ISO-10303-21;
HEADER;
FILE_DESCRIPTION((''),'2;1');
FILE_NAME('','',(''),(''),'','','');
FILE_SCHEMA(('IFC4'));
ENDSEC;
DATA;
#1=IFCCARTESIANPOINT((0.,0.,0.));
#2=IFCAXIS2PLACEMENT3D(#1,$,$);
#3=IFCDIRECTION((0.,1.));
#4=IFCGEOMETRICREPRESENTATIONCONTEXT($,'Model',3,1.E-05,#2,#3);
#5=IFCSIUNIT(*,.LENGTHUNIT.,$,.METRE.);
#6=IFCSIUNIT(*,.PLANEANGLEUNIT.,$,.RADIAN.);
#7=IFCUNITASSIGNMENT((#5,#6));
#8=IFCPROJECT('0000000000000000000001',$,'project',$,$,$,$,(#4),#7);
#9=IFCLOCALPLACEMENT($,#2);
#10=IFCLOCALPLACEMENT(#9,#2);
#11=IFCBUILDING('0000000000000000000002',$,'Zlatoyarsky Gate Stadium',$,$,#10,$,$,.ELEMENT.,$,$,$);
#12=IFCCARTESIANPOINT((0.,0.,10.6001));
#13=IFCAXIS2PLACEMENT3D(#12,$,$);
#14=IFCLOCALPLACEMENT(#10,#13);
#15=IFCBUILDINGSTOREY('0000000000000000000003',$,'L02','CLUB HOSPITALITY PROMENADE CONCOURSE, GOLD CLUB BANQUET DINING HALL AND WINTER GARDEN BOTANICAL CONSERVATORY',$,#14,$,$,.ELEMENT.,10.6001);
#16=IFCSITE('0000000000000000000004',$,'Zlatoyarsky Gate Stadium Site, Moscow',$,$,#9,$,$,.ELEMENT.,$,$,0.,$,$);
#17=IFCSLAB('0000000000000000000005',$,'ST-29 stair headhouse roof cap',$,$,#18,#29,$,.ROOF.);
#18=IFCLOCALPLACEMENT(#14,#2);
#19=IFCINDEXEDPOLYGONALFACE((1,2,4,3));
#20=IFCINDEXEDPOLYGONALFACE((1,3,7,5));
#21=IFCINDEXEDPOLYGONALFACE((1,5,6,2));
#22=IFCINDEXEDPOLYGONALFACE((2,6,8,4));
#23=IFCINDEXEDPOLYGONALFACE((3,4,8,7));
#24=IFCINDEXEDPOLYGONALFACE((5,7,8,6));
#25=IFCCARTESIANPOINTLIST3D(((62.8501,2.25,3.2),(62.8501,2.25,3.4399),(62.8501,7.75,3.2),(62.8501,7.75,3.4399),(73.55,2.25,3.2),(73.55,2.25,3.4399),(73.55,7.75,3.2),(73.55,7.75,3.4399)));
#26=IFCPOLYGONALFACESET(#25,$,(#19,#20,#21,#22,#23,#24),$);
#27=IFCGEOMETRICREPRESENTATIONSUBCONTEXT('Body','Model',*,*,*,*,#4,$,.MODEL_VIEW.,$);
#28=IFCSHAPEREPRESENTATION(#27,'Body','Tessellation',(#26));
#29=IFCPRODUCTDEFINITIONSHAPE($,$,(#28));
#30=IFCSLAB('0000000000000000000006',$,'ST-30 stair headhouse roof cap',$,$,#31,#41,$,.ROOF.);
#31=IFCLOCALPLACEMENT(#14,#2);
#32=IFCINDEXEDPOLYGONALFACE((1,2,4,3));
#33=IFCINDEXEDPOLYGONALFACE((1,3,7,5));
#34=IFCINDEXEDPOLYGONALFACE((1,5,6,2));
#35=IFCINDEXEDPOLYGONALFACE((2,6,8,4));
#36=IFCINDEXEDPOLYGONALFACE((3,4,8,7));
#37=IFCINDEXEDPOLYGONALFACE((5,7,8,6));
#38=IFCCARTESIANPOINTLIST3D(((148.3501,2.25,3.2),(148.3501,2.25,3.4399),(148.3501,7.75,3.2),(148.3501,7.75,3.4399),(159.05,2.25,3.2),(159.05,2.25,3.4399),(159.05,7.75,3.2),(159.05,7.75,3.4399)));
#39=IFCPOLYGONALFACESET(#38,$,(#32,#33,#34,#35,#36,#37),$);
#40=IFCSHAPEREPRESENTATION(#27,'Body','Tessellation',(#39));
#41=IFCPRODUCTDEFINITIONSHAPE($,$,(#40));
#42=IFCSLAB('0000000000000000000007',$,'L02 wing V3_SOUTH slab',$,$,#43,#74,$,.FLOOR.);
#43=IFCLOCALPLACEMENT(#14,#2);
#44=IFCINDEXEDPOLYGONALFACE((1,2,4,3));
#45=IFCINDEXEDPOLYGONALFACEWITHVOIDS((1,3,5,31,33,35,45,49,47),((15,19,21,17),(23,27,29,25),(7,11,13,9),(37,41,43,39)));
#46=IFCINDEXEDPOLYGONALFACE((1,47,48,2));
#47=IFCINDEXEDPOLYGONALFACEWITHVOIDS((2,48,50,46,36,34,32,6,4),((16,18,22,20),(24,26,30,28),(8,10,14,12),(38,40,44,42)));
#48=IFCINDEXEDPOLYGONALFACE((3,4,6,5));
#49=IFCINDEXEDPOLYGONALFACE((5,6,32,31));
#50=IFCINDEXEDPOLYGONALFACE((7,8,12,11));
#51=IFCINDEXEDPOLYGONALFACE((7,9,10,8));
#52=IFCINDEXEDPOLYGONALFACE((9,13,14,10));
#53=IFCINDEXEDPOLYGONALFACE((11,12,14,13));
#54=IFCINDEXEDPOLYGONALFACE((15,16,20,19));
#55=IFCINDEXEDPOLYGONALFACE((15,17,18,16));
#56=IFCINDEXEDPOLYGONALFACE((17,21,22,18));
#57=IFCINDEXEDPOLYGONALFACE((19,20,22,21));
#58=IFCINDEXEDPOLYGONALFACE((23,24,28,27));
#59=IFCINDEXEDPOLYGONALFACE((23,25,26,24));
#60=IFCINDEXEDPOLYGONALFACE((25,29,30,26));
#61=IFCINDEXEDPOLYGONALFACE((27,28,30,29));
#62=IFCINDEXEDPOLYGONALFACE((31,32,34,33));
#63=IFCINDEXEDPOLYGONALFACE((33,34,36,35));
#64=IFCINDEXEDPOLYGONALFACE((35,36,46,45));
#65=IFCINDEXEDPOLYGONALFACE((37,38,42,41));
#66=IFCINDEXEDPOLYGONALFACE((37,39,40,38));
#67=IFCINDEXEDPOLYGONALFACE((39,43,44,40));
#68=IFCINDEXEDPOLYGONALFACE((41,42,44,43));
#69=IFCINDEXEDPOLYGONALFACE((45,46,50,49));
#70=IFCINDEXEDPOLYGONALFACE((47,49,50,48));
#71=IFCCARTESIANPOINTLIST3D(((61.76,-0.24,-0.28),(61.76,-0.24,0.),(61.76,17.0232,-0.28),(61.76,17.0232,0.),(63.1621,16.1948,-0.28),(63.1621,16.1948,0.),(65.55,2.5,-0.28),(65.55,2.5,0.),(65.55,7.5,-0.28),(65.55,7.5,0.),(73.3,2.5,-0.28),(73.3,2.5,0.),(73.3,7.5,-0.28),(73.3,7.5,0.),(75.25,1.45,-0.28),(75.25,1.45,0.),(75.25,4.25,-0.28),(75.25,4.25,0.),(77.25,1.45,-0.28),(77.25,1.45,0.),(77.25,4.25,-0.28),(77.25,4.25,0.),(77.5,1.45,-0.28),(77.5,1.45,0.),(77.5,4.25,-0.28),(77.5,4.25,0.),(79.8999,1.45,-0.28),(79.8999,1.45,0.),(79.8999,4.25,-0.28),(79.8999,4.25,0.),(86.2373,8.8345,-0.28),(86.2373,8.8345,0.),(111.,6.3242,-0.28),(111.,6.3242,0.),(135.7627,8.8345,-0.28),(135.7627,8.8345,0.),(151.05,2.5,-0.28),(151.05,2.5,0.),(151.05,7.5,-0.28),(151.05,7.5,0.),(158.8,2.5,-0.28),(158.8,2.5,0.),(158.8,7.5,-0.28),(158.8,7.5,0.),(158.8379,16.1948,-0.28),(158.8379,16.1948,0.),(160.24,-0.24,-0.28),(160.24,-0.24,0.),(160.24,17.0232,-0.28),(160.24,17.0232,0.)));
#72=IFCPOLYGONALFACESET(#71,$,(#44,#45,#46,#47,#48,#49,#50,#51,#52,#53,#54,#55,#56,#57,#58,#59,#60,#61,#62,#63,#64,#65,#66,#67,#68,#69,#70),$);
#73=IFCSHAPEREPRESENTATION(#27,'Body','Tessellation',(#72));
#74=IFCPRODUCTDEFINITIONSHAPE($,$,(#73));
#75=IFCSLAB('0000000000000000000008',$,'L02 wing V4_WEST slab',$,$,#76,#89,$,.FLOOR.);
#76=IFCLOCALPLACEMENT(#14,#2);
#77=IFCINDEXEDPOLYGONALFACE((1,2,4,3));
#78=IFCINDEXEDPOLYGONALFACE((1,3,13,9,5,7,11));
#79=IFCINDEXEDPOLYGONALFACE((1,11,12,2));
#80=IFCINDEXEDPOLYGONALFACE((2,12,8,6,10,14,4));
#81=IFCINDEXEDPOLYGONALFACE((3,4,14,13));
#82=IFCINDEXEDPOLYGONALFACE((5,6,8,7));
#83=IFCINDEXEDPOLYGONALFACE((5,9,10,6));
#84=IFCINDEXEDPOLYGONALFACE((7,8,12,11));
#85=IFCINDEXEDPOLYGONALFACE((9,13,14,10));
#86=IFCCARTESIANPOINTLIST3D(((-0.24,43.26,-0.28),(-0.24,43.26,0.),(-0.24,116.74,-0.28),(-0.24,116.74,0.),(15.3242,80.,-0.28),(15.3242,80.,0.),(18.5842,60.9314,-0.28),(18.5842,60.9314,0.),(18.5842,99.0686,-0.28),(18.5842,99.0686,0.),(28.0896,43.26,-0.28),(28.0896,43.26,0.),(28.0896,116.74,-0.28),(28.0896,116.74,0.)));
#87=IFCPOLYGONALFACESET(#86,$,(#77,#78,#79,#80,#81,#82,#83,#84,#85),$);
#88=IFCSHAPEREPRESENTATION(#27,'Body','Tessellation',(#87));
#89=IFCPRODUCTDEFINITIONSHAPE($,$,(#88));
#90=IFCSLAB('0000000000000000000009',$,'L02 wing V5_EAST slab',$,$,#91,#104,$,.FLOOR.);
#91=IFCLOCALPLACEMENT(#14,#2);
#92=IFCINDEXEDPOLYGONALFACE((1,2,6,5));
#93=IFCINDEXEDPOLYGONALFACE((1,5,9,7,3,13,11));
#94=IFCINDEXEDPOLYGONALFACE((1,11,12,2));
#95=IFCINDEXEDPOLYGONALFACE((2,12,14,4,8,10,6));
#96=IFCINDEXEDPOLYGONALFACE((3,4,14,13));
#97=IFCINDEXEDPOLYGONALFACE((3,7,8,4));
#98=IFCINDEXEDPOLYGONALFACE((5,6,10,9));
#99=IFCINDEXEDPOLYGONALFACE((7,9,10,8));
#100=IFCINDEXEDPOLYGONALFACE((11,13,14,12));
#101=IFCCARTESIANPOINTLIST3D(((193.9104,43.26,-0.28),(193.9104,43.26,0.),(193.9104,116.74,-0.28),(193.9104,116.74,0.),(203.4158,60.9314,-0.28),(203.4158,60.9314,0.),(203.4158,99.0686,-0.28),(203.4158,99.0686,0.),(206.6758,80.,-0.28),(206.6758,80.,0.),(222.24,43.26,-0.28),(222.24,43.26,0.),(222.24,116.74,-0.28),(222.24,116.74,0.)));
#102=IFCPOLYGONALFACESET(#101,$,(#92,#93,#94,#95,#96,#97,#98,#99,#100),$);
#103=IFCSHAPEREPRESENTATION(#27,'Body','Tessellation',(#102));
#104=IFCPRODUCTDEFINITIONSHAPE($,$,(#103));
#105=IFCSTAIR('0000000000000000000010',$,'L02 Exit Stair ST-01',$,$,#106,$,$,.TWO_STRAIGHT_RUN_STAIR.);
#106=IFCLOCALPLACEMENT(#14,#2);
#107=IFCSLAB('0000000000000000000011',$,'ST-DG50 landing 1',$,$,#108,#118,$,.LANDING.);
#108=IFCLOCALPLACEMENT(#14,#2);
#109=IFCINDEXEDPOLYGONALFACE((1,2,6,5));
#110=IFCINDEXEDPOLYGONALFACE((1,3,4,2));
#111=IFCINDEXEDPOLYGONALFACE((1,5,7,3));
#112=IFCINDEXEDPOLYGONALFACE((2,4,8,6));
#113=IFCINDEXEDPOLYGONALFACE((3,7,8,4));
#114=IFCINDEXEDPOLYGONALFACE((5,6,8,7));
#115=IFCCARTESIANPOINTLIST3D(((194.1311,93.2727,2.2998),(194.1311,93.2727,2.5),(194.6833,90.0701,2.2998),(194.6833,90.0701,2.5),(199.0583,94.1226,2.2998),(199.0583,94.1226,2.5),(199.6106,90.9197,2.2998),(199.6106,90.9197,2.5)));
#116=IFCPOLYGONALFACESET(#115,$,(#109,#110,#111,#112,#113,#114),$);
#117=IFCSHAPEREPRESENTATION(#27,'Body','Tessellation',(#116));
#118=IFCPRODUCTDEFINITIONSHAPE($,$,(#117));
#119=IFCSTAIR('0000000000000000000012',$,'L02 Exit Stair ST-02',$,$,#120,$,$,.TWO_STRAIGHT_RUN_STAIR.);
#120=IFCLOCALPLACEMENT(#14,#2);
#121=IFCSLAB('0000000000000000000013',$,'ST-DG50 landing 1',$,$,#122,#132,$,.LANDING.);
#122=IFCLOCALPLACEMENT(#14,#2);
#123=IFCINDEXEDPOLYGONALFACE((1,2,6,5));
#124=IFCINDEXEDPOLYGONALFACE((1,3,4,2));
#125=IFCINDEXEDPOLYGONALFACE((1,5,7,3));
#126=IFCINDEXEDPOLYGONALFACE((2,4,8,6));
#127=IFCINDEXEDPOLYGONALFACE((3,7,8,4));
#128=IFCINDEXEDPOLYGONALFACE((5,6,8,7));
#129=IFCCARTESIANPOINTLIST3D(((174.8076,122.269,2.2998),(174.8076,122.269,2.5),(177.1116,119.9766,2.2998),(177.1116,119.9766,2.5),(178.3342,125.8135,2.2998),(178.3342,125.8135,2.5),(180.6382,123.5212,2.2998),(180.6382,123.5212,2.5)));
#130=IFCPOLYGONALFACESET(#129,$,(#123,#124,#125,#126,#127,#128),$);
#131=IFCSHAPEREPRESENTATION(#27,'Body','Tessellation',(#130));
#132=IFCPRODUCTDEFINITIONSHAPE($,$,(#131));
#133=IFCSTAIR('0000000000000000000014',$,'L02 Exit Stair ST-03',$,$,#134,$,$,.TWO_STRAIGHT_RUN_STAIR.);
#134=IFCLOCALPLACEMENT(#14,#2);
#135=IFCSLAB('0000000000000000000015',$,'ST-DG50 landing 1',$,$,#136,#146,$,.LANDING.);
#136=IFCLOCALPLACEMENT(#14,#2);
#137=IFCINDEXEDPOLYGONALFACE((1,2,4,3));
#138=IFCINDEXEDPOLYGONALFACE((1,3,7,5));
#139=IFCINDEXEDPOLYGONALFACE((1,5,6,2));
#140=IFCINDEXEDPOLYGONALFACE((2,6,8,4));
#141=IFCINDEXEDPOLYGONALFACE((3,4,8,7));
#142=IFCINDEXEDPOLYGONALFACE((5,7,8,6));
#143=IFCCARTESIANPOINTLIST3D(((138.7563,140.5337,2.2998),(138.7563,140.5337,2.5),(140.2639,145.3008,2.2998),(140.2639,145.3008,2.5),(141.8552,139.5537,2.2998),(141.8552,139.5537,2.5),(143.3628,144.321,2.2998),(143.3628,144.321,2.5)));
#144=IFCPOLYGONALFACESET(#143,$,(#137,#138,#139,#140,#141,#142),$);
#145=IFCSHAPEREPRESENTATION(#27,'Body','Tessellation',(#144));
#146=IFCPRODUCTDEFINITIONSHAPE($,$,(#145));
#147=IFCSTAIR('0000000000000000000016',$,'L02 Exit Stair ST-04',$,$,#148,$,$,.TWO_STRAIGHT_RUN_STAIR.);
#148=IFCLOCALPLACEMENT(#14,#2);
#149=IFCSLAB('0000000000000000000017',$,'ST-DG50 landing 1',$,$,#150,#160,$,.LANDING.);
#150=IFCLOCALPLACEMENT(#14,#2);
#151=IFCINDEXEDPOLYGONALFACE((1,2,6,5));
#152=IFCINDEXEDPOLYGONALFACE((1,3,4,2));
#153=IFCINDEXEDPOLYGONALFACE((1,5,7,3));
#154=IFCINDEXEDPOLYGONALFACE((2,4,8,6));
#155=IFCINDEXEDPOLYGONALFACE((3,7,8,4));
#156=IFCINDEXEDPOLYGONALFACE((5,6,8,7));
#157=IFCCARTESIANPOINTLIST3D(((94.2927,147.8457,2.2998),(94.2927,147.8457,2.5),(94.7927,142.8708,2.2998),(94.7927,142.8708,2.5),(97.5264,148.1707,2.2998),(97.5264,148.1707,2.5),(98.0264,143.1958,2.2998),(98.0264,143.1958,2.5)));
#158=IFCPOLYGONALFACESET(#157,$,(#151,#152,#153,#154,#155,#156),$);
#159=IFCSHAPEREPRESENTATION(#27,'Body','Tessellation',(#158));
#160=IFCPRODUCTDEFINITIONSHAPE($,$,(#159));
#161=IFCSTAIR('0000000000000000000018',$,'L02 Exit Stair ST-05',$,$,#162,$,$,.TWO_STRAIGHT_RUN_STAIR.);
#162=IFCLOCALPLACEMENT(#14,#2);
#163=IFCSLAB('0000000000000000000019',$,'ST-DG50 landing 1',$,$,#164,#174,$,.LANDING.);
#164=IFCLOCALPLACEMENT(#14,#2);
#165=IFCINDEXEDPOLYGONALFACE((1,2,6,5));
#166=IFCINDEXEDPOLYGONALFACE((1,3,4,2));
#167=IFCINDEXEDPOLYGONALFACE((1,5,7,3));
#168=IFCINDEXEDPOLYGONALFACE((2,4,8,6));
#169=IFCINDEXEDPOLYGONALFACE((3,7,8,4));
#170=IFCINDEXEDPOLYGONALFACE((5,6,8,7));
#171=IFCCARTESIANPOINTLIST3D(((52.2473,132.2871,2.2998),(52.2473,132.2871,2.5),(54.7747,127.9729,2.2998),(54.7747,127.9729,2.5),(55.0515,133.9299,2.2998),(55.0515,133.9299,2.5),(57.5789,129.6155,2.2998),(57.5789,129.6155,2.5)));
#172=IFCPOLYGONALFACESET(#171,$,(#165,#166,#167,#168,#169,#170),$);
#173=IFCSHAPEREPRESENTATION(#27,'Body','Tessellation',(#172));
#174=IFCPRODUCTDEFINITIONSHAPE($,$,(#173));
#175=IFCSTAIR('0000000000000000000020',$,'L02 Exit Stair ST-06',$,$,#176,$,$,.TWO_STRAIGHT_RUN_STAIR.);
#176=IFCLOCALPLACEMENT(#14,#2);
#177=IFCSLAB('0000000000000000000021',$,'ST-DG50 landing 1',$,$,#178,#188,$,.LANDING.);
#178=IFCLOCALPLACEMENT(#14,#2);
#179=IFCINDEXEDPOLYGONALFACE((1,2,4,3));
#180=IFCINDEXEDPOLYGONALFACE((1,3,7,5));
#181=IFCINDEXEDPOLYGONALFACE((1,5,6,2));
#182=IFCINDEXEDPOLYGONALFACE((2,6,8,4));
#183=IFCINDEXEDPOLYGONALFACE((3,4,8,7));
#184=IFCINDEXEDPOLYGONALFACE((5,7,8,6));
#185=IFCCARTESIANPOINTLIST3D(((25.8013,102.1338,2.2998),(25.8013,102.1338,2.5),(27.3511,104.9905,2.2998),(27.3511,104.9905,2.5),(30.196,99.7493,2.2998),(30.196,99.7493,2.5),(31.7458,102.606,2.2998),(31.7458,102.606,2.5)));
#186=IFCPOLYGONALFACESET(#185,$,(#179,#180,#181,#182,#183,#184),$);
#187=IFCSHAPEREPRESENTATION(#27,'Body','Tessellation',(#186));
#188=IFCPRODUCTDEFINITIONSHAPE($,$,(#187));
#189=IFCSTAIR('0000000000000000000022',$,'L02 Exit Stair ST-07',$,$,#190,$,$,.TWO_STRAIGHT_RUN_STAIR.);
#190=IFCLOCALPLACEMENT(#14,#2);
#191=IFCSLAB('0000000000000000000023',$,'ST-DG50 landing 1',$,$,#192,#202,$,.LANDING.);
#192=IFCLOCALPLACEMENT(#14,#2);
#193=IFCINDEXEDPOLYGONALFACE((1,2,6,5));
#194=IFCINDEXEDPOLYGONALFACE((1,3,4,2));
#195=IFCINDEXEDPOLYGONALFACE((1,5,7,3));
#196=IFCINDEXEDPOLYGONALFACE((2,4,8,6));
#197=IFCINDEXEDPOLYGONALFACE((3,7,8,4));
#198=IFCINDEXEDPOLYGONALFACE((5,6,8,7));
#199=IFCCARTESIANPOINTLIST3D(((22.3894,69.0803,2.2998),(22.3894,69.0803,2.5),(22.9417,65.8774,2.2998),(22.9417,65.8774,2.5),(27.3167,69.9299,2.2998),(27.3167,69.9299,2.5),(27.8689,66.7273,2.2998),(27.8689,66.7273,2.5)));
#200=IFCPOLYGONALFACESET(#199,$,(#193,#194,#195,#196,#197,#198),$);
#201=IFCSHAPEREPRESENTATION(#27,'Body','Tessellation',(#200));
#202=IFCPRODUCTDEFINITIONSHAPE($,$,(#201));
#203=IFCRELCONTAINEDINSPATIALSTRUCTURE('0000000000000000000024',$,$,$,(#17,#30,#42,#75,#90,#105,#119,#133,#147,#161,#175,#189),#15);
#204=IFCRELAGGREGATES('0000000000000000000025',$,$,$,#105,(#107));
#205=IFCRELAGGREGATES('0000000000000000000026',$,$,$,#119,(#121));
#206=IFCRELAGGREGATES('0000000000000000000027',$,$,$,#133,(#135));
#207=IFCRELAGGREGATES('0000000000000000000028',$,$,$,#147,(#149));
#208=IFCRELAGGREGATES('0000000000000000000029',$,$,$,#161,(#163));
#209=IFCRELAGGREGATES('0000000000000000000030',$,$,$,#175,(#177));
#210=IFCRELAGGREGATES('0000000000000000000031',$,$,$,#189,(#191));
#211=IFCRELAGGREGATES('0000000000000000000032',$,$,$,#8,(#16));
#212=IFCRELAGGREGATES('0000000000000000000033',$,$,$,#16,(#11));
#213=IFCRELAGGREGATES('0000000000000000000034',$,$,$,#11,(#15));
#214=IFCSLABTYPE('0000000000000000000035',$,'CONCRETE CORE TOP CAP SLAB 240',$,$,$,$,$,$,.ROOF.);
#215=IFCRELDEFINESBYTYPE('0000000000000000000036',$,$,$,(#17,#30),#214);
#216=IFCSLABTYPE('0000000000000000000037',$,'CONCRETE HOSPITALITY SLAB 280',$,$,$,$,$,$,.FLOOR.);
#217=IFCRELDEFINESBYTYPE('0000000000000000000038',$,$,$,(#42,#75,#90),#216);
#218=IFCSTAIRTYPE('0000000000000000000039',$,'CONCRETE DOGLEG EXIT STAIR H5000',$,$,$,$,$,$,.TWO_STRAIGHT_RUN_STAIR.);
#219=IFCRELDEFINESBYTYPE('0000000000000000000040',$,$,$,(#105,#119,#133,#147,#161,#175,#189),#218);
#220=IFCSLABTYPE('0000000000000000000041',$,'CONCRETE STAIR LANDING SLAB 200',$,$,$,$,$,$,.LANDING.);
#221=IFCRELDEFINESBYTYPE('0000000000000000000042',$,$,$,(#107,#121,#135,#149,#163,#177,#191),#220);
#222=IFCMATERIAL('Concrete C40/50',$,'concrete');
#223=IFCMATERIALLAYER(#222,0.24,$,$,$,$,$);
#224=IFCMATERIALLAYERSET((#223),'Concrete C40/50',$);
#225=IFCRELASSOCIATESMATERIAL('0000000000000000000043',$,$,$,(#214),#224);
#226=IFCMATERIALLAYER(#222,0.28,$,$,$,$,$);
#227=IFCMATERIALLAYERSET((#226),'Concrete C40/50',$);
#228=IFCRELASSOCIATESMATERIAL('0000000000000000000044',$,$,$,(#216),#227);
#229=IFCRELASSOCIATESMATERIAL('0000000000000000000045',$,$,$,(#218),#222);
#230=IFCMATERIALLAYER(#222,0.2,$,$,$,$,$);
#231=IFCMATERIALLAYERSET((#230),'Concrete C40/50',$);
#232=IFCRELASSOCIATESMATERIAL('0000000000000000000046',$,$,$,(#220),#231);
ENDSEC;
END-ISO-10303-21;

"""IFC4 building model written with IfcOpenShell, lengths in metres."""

from ifc_helpers import new_model, si_unit, direction, frame, origin, place, context, subcontext, project, spatial, polyline, outline, extrude, material, layer, layer_set, type_object, element, aggregate, save


model = new_model("IFC4")

# Units and contexts
model_context = context("Model", 3, precision=1e-05, world=origin(), true_north=direction((0.0, 1.0)))
body_context = subcontext(model_context, "Body", "Model", "MODEL_VIEW")
ifc_project = project(units=[si_unit("LENGTHUNIT", "METRE"), si_unit("PLANEANGLEUNIT", "RADIAN")], contexts=[model_context])

# Site, building, storey
site_placement = place(None, origin())
site = spatial("IfcSite", under=ifc_project, at=site_placement, Name="Zlatoyarsky Gate Stadium Site, Moscow", CompositionType="ELEMENT", RefElevation=0.0)
building_placement = place(site_placement, origin())
building = spatial("IfcBuilding", under=site, at=building_placement, Name="Zlatoyarsky Gate Stadium", CompositionType="ELEMENT")
storey_placement = place(building_placement, frame((0.0, 0.0, 10.6001)))
storey = spatial("IfcBuildingStorey", under=building, at=storey_placement, Name="L02", Description="CLUB HOSPITALITY PROMENADE CONCOURSE, GOLD CLUB BANQUET DINING HALL AND WINTER GARDEN BOTANICAL CONSERVATORY", CompositionType="ELEMENT", Elevation=10.6001)

# Slabs
ifc_material = material(Name="Concrete C40/50", Category="concrete")
ifc_layer_1 = layer(ifc_material, 0.24)
ifc_layer_set_1 = layer_set([ifc_layer_1], Name="Concrete C40/50")
slab_type_1 = type_object("IfcSlabType", Name="CONCRETE CORE TOP CAP SLAB 240", PredefinedType="ROOF", material=ifc_layer_set_1)
slab_1_placement = place(storey_placement, frame((0.0, 0.0, 3.2)))
element("IfcSlab", 1, at=slab_1_placement, inside=storey, type_object=slab_type_1, Name="ST-29 stair headhouse roof cap", PredefinedType="ROOF", context=body_context, shape_type="SweptSolid", body=[
    extrude(outline(polyline([(62.8501, 2.25), (73.55, 2.25), (73.55, 7.75), (62.8501, 7.75), (62.8501, 2.25)])), origin(), (0.0, 0.0, 1.0), 0.24),
])
slab_2_placement = place(storey_placement, frame((0.0, 0.0, 3.2)))
element("IfcSlab", 2, at=slab_2_placement, inside=storey, type_object=slab_type_1, Name="ST-30 stair headhouse roof cap", PredefinedType="ROOF", context=body_context, shape_type="SweptSolid", body=[
    extrude(outline(polyline([(148.3501, 2.25), (159.05, 2.25), (159.05, 7.75), (148.3501, 7.75), (148.3501, 2.25)])), origin(), (0.0, 0.0, 1.0), 0.24),
])
ifc_layer_2 = layer(ifc_material, 0.28)
ifc_layer_set_2 = layer_set([ifc_layer_2], Name="Concrete C40/50")
slab_type_2 = type_object("IfcSlabType", Name="CONCRETE HOSPITALITY SLAB 280", PredefinedType="FLOOR", material=ifc_layer_set_2)
slab_3_placement = place(storey_placement, frame((0.0, 0.0, -0.28)))
element("IfcSlab", 3, at=slab_3_placement, inside=storey, type_object=slab_type_2, Name="L02 wing V3_SOUTH slab", PredefinedType="FLOOR", context=body_context, shape_type="SweptSolid", body=[
    extrude(outline(polyline([(61.76, 17.0232), (63.1621, 16.1948), (86.2373, 8.8345), (111.0, 6.3242), (135.7627, 8.8345), (158.8379, 16.1948), (160.24, 17.0232), (160.24, -0.24), (61.76, -0.24), (61.76, 17.0232)]), holes=[polyline([(77.25, 1.45), (77.25, 4.25), (75.25, 4.25), (75.25, 1.45), (77.25, 1.45)]), polyline([(79.8999, 1.45), (79.8999, 4.25), (77.5, 4.25), (77.5, 1.45), (79.8999, 1.45)]), polyline([(73.3, 2.5), (73.3, 7.5), (65.55, 7.5), (65.55, 2.5), (73.3, 2.5)]), polyline([(158.8, 2.5), (158.8, 7.5), (151.05, 7.5), (151.05, 2.5), (158.8, 2.5)])]), origin(), (0.0, 0.0, 1.0), 0.28),
])
slab_4_placement = place(storey_placement, frame((0.0, 0.0, -0.28)))
element("IfcSlab", 4, at=slab_4_placement, inside=storey, type_object=slab_type_2, Name="L02 wing V4_WEST slab", PredefinedType="FLOOR", context=body_context, shape_type="SweptSolid", body=[
    extrude(outline(polyline([(28.0896, 116.74), (18.5842, 99.0686), (15.3242, 80.0), (18.5842, 60.9314), (28.0896, 43.26), (-0.24, 43.26), (-0.24, 116.74), (28.0896, 116.74)])), origin(), (0.0, 0.0, 1.0), 0.28),
])
slab_5_placement = place(storey_placement, frame((0.0, 0.0, -0.28)))
element("IfcSlab", 5, at=slab_5_placement, inside=storey, type_object=slab_type_2, Name="L02 wing V5_EAST slab", PredefinedType="FLOOR", context=body_context, shape_type="SweptSolid", body=[
    extrude(outline(polyline([(193.9104, 43.26), (203.4158, 60.9314), (206.6758, 80.0), (203.4158, 99.0686), (193.9104, 116.74), (222.24, 116.74), (222.24, 43.26), (193.9104, 43.26)])), origin(), (0.0, 0.0, 1.0), 0.28),
])

# Stairs, slabs
stair_type = type_object("IfcStairType", Name="CONCRETE DOGLEG EXIT STAIR H5000", PredefinedType="TWO_STRAIGHT_RUN_STAIR", material=ifc_material)
stair_1_placement = place(storey_placement, origin())
stair_1 = element("IfcStair", 6, at=stair_1_placement, inside=storey, type_object=stair_type, Name="L02 Exit Stair ST-01", PredefinedType="TWO_STRAIGHT_RUN_STAIR")
ifc_layer_3 = layer(ifc_material, 0.2)
ifc_layer_set_3 = layer_set([ifc_layer_3], Name="Concrete C40/50")
slab_type_3 = type_object("IfcSlabType", Name="CONCRETE STAIR LANDING SLAB 200", PredefinedType="LANDING", material=ifc_layer_set_3)
slab_6_placement = place(storey_placement, frame((0.0, 0.0, 2.2998)))
slab_6 = element("IfcSlab", 7, at=slab_6_placement, type_object=slab_type_3, Name="ST-DG50 landing 1", PredefinedType="LANDING", context=body_context, shape_type="SweptSolid", body=[
    extrude(outline(polyline([(199.6106, 90.9197), (199.0583, 94.1226), (194.1311, 93.2727), (194.6833, 90.0701), (199.6106, 90.9197)])), origin(), (0.0, 0.0, 1.0), 0.2002),
])
aggregate(stair_1, [slab_6])
stair_2_placement = place(storey_placement, origin())
stair_2 = element("IfcStair", 8, at=stair_2_placement, inside=storey, type_object=stair_type, Name="L02 Exit Stair ST-02", PredefinedType="TWO_STRAIGHT_RUN_STAIR")
slab_7_placement = place(storey_placement, frame((0.0, 0.0, 2.2998)))
slab_7 = element("IfcSlab", 9, at=slab_7_placement, type_object=slab_type_3, Name="ST-DG50 landing 1", PredefinedType="LANDING", context=body_context, shape_type="SweptSolid", body=[
    extrude(outline(polyline([(180.6382, 123.5212), (178.3342, 125.8135), (174.8076, 122.269), (177.1116, 119.9766), (180.6382, 123.5212)])), origin(), (0.0, 0.0, 1.0), 0.2002),
])
aggregate(stair_2, [slab_7])
stair_3_placement = place(storey_placement, origin())
stair_3 = element("IfcStair", 10, at=stair_3_placement, inside=storey, type_object=stair_type, Name="L02 Exit Stair ST-03", PredefinedType="TWO_STRAIGHT_RUN_STAIR")
slab_8_placement = place(storey_placement, frame((0.0, 0.0, 2.2998)))
slab_8 = element("IfcSlab", 11, at=slab_8_placement, type_object=slab_type_3, Name="ST-DG50 landing 1", PredefinedType="LANDING", context=body_context, shape_type="SweptSolid", body=[
    extrude(outline(polyline([(143.3628, 144.321), (140.2639, 145.3008), (138.7563, 140.5337), (141.8552, 139.5537), (143.3628, 144.321)])), origin(), (0.0, 0.0, 1.0), 0.2002),
])
aggregate(stair_3, [slab_8])
stair_4_placement = place(storey_placement, origin())
stair_4 = element("IfcStair", 12, at=stair_4_placement, inside=storey, type_object=stair_type, Name="L02 Exit Stair ST-04", PredefinedType="TWO_STRAIGHT_RUN_STAIR")
slab_9_placement = place(storey_placement, frame((0.0, 0.0, 2.2998)))
slab_9 = element("IfcSlab", 13, at=slab_9_placement, type_object=slab_type_3, Name="ST-DG50 landing 1", PredefinedType="LANDING", context=body_context, shape_type="SweptSolid", body=[
    extrude(outline(polyline([(97.5264, 148.1707), (94.2927, 147.8457), (94.7927, 142.8708), (98.0264, 143.1958), (97.5264, 148.1707)])), origin(), (0.0, 0.0, 1.0), 0.2002),
])
aggregate(stair_4, [slab_9])
stair_5_placement = place(storey_placement, origin())
stair_5 = element("IfcStair", 14, at=stair_5_placement, inside=storey, type_object=stair_type, Name="L02 Exit Stair ST-05", PredefinedType="TWO_STRAIGHT_RUN_STAIR")
slab_10_placement = place(storey_placement, frame((0.0, 0.0, 2.2998)))
slab_10 = element("IfcSlab", 15, at=slab_10_placement, type_object=slab_type_3, Name="ST-DG50 landing 1", PredefinedType="LANDING", context=body_context, shape_type="SweptSolid", body=[
    extrude(outline(polyline([(55.0515, 133.9299), (52.2473, 132.2871), (54.7747, 127.9729), (57.5789, 129.6155), (55.0515, 133.9299)])), origin(), (0.0, 0.0, 1.0), 0.2002),
])
aggregate(stair_5, [slab_10])
stair_6_placement = place(storey_placement, origin())
stair_6 = element("IfcStair", 16, at=stair_6_placement, inside=storey, type_object=stair_type, Name="L02 Exit Stair ST-06", PredefinedType="TWO_STRAIGHT_RUN_STAIR")
slab_11_placement = place(storey_placement, frame((0.0, 0.0, 2.2998)))
slab_11 = element("IfcSlab", 17, at=slab_11_placement, type_object=slab_type_3, Name="ST-DG50 landing 1", PredefinedType="LANDING", context=body_context, shape_type="SweptSolid", body=[
    extrude(outline(polyline([(27.3511, 104.9905), (25.8013, 102.1338), (30.196, 99.7493), (31.7458, 102.606), (27.3511, 104.9905)])), origin(), (0.0, 0.0, 1.0), 0.2002),
])
aggregate(stair_6, [slab_11])
stair_7_placement = place(storey_placement, origin())
stair_7 = element("IfcStair", 18, at=stair_7_placement, inside=storey, type_object=stair_type, Name="L02 Exit Stair ST-07", PredefinedType="TWO_STRAIGHT_RUN_STAIR")
slab_12_placement = place(storey_placement, frame((0.0, 0.0, 2.2998)))
slab_12 = element("IfcSlab", 19, at=slab_12_placement, type_object=slab_type_3, Name="ST-DG50 landing 1", PredefinedType="LANDING", context=body_context, shape_type="SweptSolid", body=[
    extrude(outline(polyline([(22.3894, 69.0803), (22.9417, 65.8774), (27.8689, 66.7273), (27.3167, 69.9299), (22.3894, 69.0803)])), origin(), (0.0, 0.0, 1.0), 0.2002),
])
aggregate(stair_7, [slab_12])

save(model, "model.ifc")
